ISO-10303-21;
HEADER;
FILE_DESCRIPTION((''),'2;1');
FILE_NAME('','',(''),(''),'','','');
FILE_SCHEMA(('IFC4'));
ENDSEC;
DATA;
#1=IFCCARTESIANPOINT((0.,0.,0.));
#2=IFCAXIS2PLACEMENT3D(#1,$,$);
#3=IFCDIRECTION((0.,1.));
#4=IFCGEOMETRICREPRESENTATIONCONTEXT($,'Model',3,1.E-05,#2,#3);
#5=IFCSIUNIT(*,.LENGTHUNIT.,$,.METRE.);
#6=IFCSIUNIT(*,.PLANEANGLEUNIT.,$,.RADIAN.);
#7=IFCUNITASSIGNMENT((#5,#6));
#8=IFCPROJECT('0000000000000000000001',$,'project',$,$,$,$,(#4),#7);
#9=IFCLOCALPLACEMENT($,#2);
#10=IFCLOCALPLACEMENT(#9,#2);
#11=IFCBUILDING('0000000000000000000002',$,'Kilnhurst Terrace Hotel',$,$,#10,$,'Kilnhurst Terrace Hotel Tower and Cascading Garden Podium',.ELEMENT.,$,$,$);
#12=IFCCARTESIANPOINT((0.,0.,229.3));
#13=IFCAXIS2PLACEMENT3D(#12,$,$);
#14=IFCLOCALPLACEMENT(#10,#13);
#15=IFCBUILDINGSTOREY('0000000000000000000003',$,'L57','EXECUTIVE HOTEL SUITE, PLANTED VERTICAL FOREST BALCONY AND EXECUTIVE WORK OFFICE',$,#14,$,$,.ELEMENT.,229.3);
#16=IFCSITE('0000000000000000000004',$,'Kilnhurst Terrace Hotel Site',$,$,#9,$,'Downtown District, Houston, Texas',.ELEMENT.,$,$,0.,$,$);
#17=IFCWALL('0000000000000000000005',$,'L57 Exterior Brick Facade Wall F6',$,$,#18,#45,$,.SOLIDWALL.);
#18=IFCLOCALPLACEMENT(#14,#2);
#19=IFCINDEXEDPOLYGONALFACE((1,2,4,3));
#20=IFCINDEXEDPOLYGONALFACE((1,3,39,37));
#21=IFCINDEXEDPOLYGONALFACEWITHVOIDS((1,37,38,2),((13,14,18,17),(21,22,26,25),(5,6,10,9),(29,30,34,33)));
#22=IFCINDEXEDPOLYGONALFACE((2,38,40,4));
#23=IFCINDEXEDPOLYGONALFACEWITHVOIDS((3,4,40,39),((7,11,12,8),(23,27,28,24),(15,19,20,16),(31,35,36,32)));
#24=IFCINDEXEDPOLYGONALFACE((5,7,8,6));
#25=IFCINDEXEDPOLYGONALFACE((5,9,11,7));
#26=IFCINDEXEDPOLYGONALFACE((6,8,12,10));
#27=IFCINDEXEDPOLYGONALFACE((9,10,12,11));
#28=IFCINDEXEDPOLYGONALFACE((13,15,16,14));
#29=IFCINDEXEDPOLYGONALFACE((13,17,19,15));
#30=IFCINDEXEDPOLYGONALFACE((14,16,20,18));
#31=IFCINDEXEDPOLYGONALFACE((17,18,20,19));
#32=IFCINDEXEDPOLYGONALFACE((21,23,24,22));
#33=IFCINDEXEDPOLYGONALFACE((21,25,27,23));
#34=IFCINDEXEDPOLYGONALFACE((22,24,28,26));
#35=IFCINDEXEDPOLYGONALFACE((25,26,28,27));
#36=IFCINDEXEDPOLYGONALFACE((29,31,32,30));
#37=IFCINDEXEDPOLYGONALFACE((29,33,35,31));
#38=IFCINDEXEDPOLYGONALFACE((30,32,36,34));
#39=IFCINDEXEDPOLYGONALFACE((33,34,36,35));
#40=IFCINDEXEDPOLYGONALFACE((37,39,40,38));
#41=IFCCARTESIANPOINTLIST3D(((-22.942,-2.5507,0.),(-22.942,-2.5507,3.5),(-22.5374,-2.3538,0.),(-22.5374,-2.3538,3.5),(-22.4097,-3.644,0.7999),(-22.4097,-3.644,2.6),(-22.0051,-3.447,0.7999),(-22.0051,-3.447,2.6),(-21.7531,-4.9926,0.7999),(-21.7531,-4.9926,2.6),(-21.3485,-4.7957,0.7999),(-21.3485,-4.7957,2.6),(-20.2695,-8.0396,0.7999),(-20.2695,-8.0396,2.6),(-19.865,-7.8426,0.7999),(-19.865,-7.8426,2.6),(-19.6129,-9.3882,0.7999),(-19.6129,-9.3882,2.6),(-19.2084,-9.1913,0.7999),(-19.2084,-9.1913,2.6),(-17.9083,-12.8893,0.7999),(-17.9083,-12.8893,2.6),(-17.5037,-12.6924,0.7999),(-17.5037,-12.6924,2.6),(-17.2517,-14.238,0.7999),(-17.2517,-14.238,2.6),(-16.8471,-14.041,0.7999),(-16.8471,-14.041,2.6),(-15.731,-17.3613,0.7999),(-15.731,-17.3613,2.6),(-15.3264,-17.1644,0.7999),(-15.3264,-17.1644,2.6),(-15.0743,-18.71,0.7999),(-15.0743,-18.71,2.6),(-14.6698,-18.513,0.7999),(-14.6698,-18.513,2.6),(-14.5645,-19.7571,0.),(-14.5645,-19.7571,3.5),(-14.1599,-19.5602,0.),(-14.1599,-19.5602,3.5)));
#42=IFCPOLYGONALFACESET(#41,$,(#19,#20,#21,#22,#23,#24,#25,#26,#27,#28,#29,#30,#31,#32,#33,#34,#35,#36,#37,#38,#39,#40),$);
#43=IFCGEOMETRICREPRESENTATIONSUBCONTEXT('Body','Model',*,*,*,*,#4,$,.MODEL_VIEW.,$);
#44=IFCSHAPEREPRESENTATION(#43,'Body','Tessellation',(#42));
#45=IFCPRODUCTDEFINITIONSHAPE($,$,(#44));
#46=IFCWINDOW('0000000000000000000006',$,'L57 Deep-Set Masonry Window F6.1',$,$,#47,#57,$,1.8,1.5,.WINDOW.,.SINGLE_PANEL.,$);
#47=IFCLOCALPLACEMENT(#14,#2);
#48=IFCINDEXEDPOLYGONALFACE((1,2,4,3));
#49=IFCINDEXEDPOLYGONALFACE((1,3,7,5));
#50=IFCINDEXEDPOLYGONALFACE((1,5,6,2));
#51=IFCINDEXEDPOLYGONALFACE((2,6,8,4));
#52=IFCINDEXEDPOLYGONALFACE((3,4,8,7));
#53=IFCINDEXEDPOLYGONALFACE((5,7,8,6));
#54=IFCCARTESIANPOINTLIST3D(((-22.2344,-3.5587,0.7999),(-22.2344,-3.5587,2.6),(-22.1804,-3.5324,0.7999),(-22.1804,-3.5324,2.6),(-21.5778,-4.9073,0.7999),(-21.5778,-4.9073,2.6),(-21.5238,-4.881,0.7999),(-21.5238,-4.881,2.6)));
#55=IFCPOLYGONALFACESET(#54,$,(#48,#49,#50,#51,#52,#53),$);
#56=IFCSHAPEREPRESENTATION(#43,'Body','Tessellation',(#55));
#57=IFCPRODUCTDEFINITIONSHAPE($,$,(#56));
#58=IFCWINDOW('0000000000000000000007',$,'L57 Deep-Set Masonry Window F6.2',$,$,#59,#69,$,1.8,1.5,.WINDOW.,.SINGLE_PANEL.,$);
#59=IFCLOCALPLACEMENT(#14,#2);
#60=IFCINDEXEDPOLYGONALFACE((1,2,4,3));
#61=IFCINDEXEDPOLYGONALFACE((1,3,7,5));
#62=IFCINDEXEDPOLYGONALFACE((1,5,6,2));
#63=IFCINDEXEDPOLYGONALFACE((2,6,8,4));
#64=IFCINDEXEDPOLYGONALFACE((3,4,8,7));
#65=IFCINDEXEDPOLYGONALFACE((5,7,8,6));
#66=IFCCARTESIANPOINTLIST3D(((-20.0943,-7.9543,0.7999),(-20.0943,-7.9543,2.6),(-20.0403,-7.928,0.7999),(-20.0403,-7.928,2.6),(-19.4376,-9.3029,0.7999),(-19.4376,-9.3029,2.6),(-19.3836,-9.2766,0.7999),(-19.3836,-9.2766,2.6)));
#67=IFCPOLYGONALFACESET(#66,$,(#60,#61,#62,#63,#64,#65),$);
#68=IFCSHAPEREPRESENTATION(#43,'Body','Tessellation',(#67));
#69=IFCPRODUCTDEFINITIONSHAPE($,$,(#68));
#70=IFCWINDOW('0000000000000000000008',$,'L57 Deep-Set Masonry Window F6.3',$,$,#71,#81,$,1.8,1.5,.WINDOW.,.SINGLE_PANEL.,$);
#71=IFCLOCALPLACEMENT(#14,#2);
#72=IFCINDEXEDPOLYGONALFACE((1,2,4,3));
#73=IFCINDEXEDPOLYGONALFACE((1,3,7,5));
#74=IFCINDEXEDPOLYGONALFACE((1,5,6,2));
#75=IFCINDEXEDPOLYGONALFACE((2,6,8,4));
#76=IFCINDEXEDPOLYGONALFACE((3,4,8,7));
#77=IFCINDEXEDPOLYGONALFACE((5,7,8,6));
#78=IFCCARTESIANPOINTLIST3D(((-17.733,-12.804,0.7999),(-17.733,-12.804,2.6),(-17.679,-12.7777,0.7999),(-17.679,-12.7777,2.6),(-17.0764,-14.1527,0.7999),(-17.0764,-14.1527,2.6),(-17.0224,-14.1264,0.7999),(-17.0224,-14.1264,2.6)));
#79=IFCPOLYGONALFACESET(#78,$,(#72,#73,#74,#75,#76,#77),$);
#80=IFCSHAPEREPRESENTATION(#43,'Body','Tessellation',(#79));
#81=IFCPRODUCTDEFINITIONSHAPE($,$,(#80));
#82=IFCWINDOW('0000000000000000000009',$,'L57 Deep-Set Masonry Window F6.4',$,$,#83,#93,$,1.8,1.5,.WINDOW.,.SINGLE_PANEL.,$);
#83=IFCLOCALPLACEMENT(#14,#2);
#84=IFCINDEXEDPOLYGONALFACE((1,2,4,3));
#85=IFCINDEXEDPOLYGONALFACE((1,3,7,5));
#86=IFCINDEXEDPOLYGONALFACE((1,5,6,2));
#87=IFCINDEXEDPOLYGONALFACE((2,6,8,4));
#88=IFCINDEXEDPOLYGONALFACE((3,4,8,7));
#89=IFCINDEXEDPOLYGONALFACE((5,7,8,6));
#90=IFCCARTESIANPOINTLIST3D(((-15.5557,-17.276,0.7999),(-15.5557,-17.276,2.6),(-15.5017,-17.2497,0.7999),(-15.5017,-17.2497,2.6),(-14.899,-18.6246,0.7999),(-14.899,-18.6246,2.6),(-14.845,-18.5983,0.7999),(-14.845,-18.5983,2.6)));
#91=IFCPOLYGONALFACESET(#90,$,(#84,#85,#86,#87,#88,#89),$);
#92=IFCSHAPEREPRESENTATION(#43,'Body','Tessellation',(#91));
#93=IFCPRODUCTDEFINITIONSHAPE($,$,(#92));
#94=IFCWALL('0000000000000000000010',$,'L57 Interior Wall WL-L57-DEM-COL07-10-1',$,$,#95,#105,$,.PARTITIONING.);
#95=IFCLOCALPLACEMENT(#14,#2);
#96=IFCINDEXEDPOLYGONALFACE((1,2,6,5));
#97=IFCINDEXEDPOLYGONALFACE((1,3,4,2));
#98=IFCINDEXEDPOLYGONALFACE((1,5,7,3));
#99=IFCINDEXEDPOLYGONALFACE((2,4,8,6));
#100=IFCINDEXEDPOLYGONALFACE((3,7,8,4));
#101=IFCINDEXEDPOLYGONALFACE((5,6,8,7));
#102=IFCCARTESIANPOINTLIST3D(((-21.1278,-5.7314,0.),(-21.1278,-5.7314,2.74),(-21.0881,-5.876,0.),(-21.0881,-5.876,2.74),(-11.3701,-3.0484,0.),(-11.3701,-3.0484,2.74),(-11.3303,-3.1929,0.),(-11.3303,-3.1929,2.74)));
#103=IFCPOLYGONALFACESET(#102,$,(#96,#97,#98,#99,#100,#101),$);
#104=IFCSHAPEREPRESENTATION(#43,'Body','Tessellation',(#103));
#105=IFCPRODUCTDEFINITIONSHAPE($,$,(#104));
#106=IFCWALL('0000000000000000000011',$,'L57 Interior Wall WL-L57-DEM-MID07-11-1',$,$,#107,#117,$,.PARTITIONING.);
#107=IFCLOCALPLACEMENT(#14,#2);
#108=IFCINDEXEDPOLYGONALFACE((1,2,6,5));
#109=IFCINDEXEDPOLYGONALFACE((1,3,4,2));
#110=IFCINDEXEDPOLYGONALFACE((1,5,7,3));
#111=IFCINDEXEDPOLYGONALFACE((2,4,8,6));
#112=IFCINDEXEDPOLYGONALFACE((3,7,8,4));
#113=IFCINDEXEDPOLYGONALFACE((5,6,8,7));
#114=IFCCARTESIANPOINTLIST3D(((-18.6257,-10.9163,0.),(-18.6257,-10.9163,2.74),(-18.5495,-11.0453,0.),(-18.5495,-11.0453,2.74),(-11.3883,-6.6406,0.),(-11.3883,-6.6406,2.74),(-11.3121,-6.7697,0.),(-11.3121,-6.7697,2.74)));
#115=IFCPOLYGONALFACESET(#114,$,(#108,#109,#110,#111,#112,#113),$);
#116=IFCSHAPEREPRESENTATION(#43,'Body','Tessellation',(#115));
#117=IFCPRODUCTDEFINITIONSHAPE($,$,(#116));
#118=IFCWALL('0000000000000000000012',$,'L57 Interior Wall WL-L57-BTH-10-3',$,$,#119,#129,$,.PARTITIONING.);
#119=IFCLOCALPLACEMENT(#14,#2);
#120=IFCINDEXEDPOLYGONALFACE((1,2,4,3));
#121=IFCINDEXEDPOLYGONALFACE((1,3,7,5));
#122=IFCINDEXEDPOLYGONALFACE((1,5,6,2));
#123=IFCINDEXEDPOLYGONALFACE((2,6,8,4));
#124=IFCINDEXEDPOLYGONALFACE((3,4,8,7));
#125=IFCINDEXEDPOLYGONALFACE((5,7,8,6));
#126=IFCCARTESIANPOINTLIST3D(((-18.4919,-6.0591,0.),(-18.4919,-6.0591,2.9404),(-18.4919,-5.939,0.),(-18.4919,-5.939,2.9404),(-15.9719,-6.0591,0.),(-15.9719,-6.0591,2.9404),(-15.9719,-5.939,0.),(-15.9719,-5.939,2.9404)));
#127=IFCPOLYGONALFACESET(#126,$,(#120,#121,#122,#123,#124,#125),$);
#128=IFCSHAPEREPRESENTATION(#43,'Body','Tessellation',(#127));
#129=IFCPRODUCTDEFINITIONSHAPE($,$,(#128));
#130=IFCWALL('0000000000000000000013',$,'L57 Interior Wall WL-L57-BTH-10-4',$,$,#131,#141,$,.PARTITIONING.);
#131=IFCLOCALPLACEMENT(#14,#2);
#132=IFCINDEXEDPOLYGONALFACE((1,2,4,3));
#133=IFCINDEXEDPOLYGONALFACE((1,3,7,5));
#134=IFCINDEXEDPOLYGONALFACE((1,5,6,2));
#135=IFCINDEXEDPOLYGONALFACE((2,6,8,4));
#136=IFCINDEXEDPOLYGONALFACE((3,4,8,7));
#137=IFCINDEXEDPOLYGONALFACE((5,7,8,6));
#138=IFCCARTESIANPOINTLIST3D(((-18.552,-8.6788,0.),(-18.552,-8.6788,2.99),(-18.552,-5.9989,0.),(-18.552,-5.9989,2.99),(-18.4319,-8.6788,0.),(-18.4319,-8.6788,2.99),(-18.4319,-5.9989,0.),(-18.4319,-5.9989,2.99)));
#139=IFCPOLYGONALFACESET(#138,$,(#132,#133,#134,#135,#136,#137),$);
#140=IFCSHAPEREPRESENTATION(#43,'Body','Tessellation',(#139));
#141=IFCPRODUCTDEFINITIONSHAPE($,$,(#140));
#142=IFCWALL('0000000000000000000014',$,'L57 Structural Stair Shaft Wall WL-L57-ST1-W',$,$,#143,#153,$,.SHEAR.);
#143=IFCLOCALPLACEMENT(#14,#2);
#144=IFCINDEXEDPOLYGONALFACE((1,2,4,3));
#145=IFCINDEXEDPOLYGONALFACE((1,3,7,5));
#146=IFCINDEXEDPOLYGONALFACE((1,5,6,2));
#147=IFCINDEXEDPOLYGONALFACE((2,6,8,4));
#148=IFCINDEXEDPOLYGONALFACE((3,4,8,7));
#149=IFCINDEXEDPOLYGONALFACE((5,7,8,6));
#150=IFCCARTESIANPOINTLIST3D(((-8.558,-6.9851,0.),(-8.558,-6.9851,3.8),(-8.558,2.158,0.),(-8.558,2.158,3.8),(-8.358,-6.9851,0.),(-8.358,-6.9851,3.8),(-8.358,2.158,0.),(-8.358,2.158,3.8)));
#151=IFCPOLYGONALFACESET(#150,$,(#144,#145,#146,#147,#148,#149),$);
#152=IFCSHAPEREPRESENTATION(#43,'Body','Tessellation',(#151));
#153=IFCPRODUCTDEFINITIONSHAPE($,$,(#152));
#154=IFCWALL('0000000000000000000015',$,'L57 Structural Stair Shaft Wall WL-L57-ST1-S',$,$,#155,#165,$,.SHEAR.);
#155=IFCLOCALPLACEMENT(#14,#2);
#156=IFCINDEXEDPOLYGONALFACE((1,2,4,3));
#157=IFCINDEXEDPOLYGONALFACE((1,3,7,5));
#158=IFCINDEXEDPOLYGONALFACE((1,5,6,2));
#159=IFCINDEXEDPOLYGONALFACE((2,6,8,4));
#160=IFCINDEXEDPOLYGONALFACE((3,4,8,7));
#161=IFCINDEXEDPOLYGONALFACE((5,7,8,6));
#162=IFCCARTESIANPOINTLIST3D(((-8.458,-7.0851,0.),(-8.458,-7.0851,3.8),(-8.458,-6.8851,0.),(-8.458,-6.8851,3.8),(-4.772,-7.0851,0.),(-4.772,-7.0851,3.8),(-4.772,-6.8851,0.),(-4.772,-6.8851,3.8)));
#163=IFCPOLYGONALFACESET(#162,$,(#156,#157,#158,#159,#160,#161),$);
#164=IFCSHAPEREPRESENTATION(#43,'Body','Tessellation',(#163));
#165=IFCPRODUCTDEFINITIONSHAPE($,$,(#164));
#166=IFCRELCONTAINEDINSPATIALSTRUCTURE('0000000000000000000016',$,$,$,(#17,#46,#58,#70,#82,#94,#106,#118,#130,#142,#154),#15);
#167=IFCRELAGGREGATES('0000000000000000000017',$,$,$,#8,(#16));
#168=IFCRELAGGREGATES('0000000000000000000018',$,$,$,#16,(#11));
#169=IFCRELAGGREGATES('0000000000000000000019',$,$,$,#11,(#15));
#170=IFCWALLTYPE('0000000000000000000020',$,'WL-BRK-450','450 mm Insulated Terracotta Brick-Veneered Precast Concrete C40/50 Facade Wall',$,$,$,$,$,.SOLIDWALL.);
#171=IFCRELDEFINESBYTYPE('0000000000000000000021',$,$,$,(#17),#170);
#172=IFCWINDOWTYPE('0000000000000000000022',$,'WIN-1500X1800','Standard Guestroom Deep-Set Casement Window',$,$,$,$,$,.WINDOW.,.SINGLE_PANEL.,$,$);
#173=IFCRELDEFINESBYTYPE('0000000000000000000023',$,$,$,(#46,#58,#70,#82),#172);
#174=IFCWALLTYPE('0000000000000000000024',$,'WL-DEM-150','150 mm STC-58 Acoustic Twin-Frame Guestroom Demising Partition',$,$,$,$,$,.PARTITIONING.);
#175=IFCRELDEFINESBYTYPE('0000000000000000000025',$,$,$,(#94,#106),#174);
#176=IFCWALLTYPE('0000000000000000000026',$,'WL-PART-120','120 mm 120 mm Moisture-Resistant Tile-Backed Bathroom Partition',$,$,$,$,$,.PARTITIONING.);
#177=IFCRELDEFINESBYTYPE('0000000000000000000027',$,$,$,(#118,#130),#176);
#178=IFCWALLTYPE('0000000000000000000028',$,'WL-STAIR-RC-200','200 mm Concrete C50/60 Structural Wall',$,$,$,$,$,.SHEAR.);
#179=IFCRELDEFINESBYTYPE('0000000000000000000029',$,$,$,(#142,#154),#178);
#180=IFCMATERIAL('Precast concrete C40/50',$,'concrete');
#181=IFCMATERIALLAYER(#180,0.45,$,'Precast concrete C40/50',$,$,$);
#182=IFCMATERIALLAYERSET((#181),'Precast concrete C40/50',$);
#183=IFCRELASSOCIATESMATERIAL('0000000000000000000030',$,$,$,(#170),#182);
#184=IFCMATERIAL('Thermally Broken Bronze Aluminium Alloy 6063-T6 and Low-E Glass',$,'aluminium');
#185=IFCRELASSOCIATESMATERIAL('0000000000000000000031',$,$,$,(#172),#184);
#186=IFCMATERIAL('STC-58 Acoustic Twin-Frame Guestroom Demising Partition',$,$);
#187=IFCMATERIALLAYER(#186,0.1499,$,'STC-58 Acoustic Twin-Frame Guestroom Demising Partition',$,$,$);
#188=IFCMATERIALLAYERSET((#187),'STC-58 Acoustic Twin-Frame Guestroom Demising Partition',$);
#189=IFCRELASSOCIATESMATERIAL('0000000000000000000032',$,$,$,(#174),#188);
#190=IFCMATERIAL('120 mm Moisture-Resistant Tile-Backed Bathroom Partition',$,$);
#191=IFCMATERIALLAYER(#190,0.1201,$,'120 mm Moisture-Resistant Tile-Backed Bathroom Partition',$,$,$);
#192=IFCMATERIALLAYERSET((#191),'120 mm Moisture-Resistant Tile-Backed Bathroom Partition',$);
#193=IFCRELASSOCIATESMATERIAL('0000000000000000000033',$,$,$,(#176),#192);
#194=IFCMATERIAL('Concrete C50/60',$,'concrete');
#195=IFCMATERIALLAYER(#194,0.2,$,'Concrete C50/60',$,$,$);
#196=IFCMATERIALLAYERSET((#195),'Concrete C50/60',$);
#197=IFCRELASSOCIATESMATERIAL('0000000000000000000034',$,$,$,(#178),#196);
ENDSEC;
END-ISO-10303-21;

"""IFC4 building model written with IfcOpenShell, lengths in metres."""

from ifc_helpers import new_model, si_unit, direction, frame, frame_2d, origin, place, context, subcontext, project, spatial, rectangle, extrude, material, layer, layer_set, type_object, element, fill, save


model = new_model("IFC4")

# Units and contexts
model_context = context("Model", 3, precision=1e-05, world=origin(), true_north=direction((0.0, 1.0)))
body_context = subcontext(model_context, "Body", "Model", "MODEL_VIEW")
ifc_project = project(units=[si_unit("LENGTHUNIT", "METRE"), si_unit("PLANEANGLEUNIT", "RADIAN")], contexts=[model_context])

# Site, building, storey
site_placement = place(None, origin())
site = spatial("IfcSite", under=ifc_project, at=site_placement, Name="Kilnhurst Terrace Hotel Site", LongName="Downtown District, Houston, Texas", CompositionType="ELEMENT", RefElevation=0.0)
building_placement = place(site_placement, origin())
building = spatial("IfcBuilding", under=site, at=building_placement, Name="Kilnhurst Terrace Hotel", LongName="Kilnhurst Terrace Hotel Tower and Cascading Garden Podium", CompositionType="ELEMENT")
storey_placement = place(building_placement, frame((0.0, 0.0, 229.3)))
storey = spatial("IfcBuildingStorey", under=building, at=storey_placement, Name="L57", Description="EXECUTIVE HOTEL SUITE, PLANTED VERTICAL FOREST BALCONY AND EXECUTIVE WORK OFFICE", CompositionType="ELEMENT", Elevation=229.3)

# Shared definitions
ifc_material_1 = material(Name="Concrete C50/60", Category="concrete")

# Shared definitions
ifc_material_2 = material(Name="Precast concrete C40/50", Category="concrete")
ifc_layer_1 = layer(ifc_material_2, 0.45, Name="Precast concrete C40/50")
ifc_layer_set_1 = layer_set([ifc_layer_1], Name="Precast concrete C40/50")
wall_type_1 = type_object("IfcWallType", Name="WL-BRK-450", Description="450 mm Insulated Terracotta Brick-Veneered Precast Concrete C40/50 Facade Wall", PredefinedType="SOLIDWALL", material=ifc_layer_set_1)

# Wall, openings, windows
wall_1_placement = place(storey_placement, frame((-22.7397, -2.4521, 0.0), z_axis=(0.0, 0.0, 1.0), x_axis=(0.437753, -0.899095, 0.0)))
wall_1 = element("IfcWall", 1, at=wall_1_placement, inside=storey, type_object=wall_type_1, Name="L57 Exterior Brick Facade Wall F6", PredefinedType="SOLIDWALL", context=body_context, shape_type="SweptSolid", body=[
    extrude(rectangle(XDim=19.1375, YDim=0.45, at=frame_2d((9.5688, 0.0))), origin(), (0.0, 0.0, 1.0), 3.5),
])
opening_1_placement = place(wall_1_placement, frame((1.2161, 0.0, 0.8)))
opening_1 = element("IfcOpeningElement", 2, at=opening_1_placement, cuts=wall_1, PredefinedType="OPENING", context=body_context, shape_type="SweptSolid", body=[
    extrude(rectangle(XDim=1.5, YDim=1.8, at=frame_2d((0.75, 0.8999))), frame((0.0, 0.2349, 0.0), z_axis=(0.0, -1.0, 0.0), x_axis=(1.0, 0.0, 0.0)), (0.0, 0.0, 1.0), 0.47),
])
opening_2_placement = place(wall_1_placement, frame((6.105, 0.0, 0.8)))
opening_2 = element("IfcOpeningElement", 3, at=opening_2_placement, cuts=wall_1, PredefinedType="OPENING", context=body_context, shape_type="SweptSolid", body=[
    extrude(rectangle(XDim=1.5, YDim=1.8, at=frame_2d((0.75, 0.8999))), frame((0.0, 0.2349, 0.0), z_axis=(0.0, -1.0, 0.0), x_axis=(1.0, 0.0, 0.0)), (0.0, 0.0, 1.0), 0.47),
])
opening_3_placement = place(wall_1_placement, frame((11.499, 0.0, 0.8)))
opening_3 = element("IfcOpeningElement", 4, at=opening_3_placement, cuts=wall_1, PredefinedType="OPENING", context=body_context, shape_type="SweptSolid", body=[
    extrude(rectangle(XDim=1.5, YDim=1.8, at=frame_2d((0.75, 0.8999))), frame((0.0, 0.2349, 0.0), z_axis=(0.0, -1.0, 0.0), x_axis=(1.0, 0.0, 0.0)), (0.0, 0.0, 1.0), 0.47),
])
opening_4_placement = place(wall_1_placement, frame((16.4729, 0.0, 0.8)))
opening_4 = element("IfcOpeningElement", 5, at=opening_4_placement, cuts=wall_1, PredefinedType="OPENING", context=body_context, shape_type="SweptSolid", body=[
    extrude(rectangle(XDim=1.5, YDim=1.8, at=frame_2d((0.75, 0.8999))), frame((0.0, 0.2349, 0.0), z_axis=(0.0, -1.0, 0.0), x_axis=(1.0, 0.0, 0.0)), (0.0, 0.0, 1.0), 0.47),
])
ifc_material_3 = material(Name="Thermally Broken Bronze Aluminium Alloy 6063-T6 and Low-E Glass", Category="aluminium")
window_type = type_object("IfcWindowType", Name="WIN-1500X1800", Description="Standard Guestroom Deep-Set Casement Window", PartitioningType="SINGLE_PANEL", PredefinedType="WINDOW", material=ifc_material_3)
window_1_placement = place(opening_1_placement, origin())
window_1 = element("IfcWindow", 6, at=window_1_placement, inside=storey, type_object=window_type, Name="L57 Deep-Set Masonry Window F6.1", OverallHeight=1.8, OverallWidth=1.5, PartitioningType="SINGLE_PANEL", PredefinedType="WINDOW", context=body_context, shape_type="SweptSolid", body=[
    extrude(rectangle(XDim=1.5, YDim=1.8, at=frame_2d((0.75, 0.8999))), frame((0.0, 0.03, 0.0), z_axis=(0.0, -1.0, 0.0), x_axis=(1.0, 0.0, 0.0)), (0.0, 0.0, 1.0), 0.0601),
])
fill(opening_1, window_1)
window_2_placement = place(opening_2_placement, origin())
window_2 = element("IfcWindow", 7, at=window_2_placement, inside=storey, type_object=window_type, Name="L57 Deep-Set Masonry Window F6.2", OverallHeight=1.8, OverallWidth=1.5, PartitioningType="SINGLE_PANEL", PredefinedType="WINDOW", context=body_context, shape_type="SweptSolid", body=[
    extrude(rectangle(XDim=1.5, YDim=1.8, at=frame_2d((0.75, 0.8999))), frame((0.0, 0.03, 0.0), z_axis=(0.0, -1.0, 0.0), x_axis=(1.0, 0.0, 0.0)), (0.0, 0.0, 1.0), 0.0601),
])
fill(opening_2, window_2)
window_3_placement = place(opening_3_placement, origin())
window_3 = element("IfcWindow", 8, at=window_3_placement, inside=storey, type_object=window_type, Name="L57 Deep-Set Masonry Window F6.3", OverallHeight=1.8, OverallWidth=1.5, PartitioningType="SINGLE_PANEL", PredefinedType="WINDOW", context=body_context, shape_type="SweptSolid", body=[
    extrude(rectangle(XDim=1.5, YDim=1.8, at=frame_2d((0.75, 0.8999))), frame((0.0, 0.03, 0.0), z_axis=(0.0, -1.0, 0.0), x_axis=(1.0, 0.0, 0.0)), (0.0, 0.0, 1.0), 0.0601),
])
fill(opening_3, window_3)
window_4_placement = place(opening_4_placement, origin())
window_4 = element("IfcWindow", 9, at=window_4_placement, inside=storey, type_object=window_type, Name="L57 Deep-Set Masonry Window F6.4", OverallHeight=1.8, OverallWidth=1.5, PartitioningType="SINGLE_PANEL", PredefinedType="WINDOW", context=body_context, shape_type="SweptSolid", body=[
    extrude(rectangle(XDim=1.5, YDim=1.8, at=frame_2d((0.75, 0.8999))), frame((0.0, 0.03, 0.0), z_axis=(0.0, -1.0, 0.0), x_axis=(1.0, 0.0, 0.0)), (0.0, 0.0, 1.0), 0.0601),
])
fill(opening_4, window_4)

# Walls
ifc_material_4 = material(Name="STC-58 Acoustic Twin-Frame Guestroom Demising Partition")
ifc_layer_2 = layer(ifc_material_4, 0.1499, Name="STC-58 Acoustic Twin-Frame Guestroom Demising Partition")
ifc_layer_set_2 = layer_set([ifc_layer_2], Name="STC-58 Acoustic Twin-Frame Guestroom Demising Partition")
wall_type_2 = type_object("IfcWallType", Name="WL-DEM-150", Description="150 mm STC-58 Acoustic Twin-Frame Guestroom Demising Partition", PredefinedType="PARTITIONING", material=ifc_layer_set_2)
wall_2_placement = place(storey_placement, frame((-11.3501, -3.1206, 0.0), z_axis=(0.0, 0.0, 1.0), x_axis=(-0.964213, -0.26513, 0.0)))
element("IfcWall", 10, at=wall_2_placement, inside=storey, type_object=wall_type_2, Name="L57 Interior Wall WL-L57-DEM-COL07-10-1", PredefinedType="PARTITIONING", context=body_context, shape_type="SweptSolid", body=[
    extrude(rectangle(XDim=10.1199, YDim=0.1499, at=frame_2d((5.0601, 0.0))), origin(), (0.0, 0.0, 1.0), 2.74),
])
wall_3_placement = place(storey_placement, frame((-11.3501, -6.7051, 0.0), z_axis=(0.0, 0.0, 1.0), x_axis=(-0.860976, -0.508645, 0.0)))
element("IfcWall", 11, at=wall_3_placement, inside=storey, type_object=wall_type_2, Name="L57 Interior Wall WL-L57-DEM-MID07-11-1", PredefinedType="PARTITIONING", context=body_context, shape_type="SweptSolid", body=[
    extrude(rectangle(XDim=8.406, YDim=0.1499, at=frame_2d((4.2031, 0.0))), origin(), (0.0, 0.0, 1.0), 2.74),
])
ifc_material_5 = material(Name="120 mm Moisture-Resistant Tile-Backed Bathroom Partition")
ifc_layer_3 = layer(ifc_material_5, 0.1201, Name="120 mm Moisture-Resistant Tile-Backed Bathroom Partition")
ifc_layer_set_3 = layer_set([ifc_layer_3], Name="120 mm Moisture-Resistant Tile-Backed Bathroom Partition")
wall_type_3 = type_object("IfcWallType", Name="WL-PART-120", Description="120 mm 120 mm Moisture-Resistant Tile-Backed Bathroom Partition", PredefinedType="PARTITIONING", material=ifc_layer_set_3)
wall_4_placement = place(storey_placement, frame((-15.9719, -5.999, 0.0), z_axis=(0.0, 0.0, 1.0), x_axis=(-1.0, 0.0, 0.0)))
element("IfcWall", 12, at=wall_4_placement, inside=storey, type_object=wall_type_3, Name="L57 Interior Wall WL-L57-BTH-10-3", PredefinedType="PARTITIONING", context=body_context, shape_type="SweptSolid", body=[
    extrude(rectangle(XDim=2.52, YDim=0.1201, at=frame_2d((1.26, 0.0))), origin(), (0.0, 0.0, 1.0), 2.9404),
])
wall_5_placement = place(storey_placement, frame((-18.4919, -5.999, 0.0), z_axis=(0.0, 0.0, 1.0), x_axis=(0.0, -1.0, 0.0)))
element("IfcWall", 13, at=wall_5_placement, inside=storey, type_object=wall_type_3, Name="L57 Interior Wall WL-L57-BTH-10-4", PredefinedType="PARTITIONING", context=body_context, shape_type="SweptSolid", body=[
    extrude(rectangle(XDim=2.6799, YDim=0.1201, at=frame_2d((1.3398, 0.0))), origin(), (0.0, 0.0, 1.0), 2.99),
])
ifc_layer_4 = layer(ifc_material_1, 0.2, Name="Concrete C50/60")
ifc_layer_set_4 = layer_set([ifc_layer_4], Name="Concrete C50/60")
wall_type_4 = type_object("IfcWallType", Name="WL-STAIR-RC-200", Description="200 mm Concrete C50/60 Structural Wall", PredefinedType="SHEAR", material=ifc_layer_set_4)
wall_6_placement = place(storey_placement, frame((-8.458, -6.9851, 0.0), z_axis=(0.0, 0.0, 1.0), x_axis=(0.0, 1.0, 0.0)))
element("IfcWall", 14, at=wall_6_placement, inside=storey, type_object=wall_type_4, Name="L57 Structural Stair Shaft Wall WL-L57-ST1-W", PredefinedType="SHEAR", context=body_context, shape_type="SweptSolid", body=[
    extrude(rectangle(XDim=9.1431, YDim=0.2, at=frame_2d((4.5715, 0.0))), origin(), (0.0, 0.0, 1.0), 3.8),
])
wall_7_placement = place(storey_placement, frame((-8.458, -6.9851, 0.0), z_axis=(0.0, 0.0, 1.0), x_axis=(1.0, 0.0, 0.0)))
element("IfcWall", 15, at=wall_7_placement, inside=storey, type_object=wall_type_4, Name="L57 Structural Stair Shaft Wall WL-L57-ST1-S", PredefinedType="SHEAR", context=body_context, shape_type="SweptSolid", body=[
    extrude(rectangle(XDim=3.686, YDim=0.2, at=frame_2d((1.843, 0.0))), origin(), (0.0, 0.0, 1.0), 3.8),
])

save(model, "model.ifc")
